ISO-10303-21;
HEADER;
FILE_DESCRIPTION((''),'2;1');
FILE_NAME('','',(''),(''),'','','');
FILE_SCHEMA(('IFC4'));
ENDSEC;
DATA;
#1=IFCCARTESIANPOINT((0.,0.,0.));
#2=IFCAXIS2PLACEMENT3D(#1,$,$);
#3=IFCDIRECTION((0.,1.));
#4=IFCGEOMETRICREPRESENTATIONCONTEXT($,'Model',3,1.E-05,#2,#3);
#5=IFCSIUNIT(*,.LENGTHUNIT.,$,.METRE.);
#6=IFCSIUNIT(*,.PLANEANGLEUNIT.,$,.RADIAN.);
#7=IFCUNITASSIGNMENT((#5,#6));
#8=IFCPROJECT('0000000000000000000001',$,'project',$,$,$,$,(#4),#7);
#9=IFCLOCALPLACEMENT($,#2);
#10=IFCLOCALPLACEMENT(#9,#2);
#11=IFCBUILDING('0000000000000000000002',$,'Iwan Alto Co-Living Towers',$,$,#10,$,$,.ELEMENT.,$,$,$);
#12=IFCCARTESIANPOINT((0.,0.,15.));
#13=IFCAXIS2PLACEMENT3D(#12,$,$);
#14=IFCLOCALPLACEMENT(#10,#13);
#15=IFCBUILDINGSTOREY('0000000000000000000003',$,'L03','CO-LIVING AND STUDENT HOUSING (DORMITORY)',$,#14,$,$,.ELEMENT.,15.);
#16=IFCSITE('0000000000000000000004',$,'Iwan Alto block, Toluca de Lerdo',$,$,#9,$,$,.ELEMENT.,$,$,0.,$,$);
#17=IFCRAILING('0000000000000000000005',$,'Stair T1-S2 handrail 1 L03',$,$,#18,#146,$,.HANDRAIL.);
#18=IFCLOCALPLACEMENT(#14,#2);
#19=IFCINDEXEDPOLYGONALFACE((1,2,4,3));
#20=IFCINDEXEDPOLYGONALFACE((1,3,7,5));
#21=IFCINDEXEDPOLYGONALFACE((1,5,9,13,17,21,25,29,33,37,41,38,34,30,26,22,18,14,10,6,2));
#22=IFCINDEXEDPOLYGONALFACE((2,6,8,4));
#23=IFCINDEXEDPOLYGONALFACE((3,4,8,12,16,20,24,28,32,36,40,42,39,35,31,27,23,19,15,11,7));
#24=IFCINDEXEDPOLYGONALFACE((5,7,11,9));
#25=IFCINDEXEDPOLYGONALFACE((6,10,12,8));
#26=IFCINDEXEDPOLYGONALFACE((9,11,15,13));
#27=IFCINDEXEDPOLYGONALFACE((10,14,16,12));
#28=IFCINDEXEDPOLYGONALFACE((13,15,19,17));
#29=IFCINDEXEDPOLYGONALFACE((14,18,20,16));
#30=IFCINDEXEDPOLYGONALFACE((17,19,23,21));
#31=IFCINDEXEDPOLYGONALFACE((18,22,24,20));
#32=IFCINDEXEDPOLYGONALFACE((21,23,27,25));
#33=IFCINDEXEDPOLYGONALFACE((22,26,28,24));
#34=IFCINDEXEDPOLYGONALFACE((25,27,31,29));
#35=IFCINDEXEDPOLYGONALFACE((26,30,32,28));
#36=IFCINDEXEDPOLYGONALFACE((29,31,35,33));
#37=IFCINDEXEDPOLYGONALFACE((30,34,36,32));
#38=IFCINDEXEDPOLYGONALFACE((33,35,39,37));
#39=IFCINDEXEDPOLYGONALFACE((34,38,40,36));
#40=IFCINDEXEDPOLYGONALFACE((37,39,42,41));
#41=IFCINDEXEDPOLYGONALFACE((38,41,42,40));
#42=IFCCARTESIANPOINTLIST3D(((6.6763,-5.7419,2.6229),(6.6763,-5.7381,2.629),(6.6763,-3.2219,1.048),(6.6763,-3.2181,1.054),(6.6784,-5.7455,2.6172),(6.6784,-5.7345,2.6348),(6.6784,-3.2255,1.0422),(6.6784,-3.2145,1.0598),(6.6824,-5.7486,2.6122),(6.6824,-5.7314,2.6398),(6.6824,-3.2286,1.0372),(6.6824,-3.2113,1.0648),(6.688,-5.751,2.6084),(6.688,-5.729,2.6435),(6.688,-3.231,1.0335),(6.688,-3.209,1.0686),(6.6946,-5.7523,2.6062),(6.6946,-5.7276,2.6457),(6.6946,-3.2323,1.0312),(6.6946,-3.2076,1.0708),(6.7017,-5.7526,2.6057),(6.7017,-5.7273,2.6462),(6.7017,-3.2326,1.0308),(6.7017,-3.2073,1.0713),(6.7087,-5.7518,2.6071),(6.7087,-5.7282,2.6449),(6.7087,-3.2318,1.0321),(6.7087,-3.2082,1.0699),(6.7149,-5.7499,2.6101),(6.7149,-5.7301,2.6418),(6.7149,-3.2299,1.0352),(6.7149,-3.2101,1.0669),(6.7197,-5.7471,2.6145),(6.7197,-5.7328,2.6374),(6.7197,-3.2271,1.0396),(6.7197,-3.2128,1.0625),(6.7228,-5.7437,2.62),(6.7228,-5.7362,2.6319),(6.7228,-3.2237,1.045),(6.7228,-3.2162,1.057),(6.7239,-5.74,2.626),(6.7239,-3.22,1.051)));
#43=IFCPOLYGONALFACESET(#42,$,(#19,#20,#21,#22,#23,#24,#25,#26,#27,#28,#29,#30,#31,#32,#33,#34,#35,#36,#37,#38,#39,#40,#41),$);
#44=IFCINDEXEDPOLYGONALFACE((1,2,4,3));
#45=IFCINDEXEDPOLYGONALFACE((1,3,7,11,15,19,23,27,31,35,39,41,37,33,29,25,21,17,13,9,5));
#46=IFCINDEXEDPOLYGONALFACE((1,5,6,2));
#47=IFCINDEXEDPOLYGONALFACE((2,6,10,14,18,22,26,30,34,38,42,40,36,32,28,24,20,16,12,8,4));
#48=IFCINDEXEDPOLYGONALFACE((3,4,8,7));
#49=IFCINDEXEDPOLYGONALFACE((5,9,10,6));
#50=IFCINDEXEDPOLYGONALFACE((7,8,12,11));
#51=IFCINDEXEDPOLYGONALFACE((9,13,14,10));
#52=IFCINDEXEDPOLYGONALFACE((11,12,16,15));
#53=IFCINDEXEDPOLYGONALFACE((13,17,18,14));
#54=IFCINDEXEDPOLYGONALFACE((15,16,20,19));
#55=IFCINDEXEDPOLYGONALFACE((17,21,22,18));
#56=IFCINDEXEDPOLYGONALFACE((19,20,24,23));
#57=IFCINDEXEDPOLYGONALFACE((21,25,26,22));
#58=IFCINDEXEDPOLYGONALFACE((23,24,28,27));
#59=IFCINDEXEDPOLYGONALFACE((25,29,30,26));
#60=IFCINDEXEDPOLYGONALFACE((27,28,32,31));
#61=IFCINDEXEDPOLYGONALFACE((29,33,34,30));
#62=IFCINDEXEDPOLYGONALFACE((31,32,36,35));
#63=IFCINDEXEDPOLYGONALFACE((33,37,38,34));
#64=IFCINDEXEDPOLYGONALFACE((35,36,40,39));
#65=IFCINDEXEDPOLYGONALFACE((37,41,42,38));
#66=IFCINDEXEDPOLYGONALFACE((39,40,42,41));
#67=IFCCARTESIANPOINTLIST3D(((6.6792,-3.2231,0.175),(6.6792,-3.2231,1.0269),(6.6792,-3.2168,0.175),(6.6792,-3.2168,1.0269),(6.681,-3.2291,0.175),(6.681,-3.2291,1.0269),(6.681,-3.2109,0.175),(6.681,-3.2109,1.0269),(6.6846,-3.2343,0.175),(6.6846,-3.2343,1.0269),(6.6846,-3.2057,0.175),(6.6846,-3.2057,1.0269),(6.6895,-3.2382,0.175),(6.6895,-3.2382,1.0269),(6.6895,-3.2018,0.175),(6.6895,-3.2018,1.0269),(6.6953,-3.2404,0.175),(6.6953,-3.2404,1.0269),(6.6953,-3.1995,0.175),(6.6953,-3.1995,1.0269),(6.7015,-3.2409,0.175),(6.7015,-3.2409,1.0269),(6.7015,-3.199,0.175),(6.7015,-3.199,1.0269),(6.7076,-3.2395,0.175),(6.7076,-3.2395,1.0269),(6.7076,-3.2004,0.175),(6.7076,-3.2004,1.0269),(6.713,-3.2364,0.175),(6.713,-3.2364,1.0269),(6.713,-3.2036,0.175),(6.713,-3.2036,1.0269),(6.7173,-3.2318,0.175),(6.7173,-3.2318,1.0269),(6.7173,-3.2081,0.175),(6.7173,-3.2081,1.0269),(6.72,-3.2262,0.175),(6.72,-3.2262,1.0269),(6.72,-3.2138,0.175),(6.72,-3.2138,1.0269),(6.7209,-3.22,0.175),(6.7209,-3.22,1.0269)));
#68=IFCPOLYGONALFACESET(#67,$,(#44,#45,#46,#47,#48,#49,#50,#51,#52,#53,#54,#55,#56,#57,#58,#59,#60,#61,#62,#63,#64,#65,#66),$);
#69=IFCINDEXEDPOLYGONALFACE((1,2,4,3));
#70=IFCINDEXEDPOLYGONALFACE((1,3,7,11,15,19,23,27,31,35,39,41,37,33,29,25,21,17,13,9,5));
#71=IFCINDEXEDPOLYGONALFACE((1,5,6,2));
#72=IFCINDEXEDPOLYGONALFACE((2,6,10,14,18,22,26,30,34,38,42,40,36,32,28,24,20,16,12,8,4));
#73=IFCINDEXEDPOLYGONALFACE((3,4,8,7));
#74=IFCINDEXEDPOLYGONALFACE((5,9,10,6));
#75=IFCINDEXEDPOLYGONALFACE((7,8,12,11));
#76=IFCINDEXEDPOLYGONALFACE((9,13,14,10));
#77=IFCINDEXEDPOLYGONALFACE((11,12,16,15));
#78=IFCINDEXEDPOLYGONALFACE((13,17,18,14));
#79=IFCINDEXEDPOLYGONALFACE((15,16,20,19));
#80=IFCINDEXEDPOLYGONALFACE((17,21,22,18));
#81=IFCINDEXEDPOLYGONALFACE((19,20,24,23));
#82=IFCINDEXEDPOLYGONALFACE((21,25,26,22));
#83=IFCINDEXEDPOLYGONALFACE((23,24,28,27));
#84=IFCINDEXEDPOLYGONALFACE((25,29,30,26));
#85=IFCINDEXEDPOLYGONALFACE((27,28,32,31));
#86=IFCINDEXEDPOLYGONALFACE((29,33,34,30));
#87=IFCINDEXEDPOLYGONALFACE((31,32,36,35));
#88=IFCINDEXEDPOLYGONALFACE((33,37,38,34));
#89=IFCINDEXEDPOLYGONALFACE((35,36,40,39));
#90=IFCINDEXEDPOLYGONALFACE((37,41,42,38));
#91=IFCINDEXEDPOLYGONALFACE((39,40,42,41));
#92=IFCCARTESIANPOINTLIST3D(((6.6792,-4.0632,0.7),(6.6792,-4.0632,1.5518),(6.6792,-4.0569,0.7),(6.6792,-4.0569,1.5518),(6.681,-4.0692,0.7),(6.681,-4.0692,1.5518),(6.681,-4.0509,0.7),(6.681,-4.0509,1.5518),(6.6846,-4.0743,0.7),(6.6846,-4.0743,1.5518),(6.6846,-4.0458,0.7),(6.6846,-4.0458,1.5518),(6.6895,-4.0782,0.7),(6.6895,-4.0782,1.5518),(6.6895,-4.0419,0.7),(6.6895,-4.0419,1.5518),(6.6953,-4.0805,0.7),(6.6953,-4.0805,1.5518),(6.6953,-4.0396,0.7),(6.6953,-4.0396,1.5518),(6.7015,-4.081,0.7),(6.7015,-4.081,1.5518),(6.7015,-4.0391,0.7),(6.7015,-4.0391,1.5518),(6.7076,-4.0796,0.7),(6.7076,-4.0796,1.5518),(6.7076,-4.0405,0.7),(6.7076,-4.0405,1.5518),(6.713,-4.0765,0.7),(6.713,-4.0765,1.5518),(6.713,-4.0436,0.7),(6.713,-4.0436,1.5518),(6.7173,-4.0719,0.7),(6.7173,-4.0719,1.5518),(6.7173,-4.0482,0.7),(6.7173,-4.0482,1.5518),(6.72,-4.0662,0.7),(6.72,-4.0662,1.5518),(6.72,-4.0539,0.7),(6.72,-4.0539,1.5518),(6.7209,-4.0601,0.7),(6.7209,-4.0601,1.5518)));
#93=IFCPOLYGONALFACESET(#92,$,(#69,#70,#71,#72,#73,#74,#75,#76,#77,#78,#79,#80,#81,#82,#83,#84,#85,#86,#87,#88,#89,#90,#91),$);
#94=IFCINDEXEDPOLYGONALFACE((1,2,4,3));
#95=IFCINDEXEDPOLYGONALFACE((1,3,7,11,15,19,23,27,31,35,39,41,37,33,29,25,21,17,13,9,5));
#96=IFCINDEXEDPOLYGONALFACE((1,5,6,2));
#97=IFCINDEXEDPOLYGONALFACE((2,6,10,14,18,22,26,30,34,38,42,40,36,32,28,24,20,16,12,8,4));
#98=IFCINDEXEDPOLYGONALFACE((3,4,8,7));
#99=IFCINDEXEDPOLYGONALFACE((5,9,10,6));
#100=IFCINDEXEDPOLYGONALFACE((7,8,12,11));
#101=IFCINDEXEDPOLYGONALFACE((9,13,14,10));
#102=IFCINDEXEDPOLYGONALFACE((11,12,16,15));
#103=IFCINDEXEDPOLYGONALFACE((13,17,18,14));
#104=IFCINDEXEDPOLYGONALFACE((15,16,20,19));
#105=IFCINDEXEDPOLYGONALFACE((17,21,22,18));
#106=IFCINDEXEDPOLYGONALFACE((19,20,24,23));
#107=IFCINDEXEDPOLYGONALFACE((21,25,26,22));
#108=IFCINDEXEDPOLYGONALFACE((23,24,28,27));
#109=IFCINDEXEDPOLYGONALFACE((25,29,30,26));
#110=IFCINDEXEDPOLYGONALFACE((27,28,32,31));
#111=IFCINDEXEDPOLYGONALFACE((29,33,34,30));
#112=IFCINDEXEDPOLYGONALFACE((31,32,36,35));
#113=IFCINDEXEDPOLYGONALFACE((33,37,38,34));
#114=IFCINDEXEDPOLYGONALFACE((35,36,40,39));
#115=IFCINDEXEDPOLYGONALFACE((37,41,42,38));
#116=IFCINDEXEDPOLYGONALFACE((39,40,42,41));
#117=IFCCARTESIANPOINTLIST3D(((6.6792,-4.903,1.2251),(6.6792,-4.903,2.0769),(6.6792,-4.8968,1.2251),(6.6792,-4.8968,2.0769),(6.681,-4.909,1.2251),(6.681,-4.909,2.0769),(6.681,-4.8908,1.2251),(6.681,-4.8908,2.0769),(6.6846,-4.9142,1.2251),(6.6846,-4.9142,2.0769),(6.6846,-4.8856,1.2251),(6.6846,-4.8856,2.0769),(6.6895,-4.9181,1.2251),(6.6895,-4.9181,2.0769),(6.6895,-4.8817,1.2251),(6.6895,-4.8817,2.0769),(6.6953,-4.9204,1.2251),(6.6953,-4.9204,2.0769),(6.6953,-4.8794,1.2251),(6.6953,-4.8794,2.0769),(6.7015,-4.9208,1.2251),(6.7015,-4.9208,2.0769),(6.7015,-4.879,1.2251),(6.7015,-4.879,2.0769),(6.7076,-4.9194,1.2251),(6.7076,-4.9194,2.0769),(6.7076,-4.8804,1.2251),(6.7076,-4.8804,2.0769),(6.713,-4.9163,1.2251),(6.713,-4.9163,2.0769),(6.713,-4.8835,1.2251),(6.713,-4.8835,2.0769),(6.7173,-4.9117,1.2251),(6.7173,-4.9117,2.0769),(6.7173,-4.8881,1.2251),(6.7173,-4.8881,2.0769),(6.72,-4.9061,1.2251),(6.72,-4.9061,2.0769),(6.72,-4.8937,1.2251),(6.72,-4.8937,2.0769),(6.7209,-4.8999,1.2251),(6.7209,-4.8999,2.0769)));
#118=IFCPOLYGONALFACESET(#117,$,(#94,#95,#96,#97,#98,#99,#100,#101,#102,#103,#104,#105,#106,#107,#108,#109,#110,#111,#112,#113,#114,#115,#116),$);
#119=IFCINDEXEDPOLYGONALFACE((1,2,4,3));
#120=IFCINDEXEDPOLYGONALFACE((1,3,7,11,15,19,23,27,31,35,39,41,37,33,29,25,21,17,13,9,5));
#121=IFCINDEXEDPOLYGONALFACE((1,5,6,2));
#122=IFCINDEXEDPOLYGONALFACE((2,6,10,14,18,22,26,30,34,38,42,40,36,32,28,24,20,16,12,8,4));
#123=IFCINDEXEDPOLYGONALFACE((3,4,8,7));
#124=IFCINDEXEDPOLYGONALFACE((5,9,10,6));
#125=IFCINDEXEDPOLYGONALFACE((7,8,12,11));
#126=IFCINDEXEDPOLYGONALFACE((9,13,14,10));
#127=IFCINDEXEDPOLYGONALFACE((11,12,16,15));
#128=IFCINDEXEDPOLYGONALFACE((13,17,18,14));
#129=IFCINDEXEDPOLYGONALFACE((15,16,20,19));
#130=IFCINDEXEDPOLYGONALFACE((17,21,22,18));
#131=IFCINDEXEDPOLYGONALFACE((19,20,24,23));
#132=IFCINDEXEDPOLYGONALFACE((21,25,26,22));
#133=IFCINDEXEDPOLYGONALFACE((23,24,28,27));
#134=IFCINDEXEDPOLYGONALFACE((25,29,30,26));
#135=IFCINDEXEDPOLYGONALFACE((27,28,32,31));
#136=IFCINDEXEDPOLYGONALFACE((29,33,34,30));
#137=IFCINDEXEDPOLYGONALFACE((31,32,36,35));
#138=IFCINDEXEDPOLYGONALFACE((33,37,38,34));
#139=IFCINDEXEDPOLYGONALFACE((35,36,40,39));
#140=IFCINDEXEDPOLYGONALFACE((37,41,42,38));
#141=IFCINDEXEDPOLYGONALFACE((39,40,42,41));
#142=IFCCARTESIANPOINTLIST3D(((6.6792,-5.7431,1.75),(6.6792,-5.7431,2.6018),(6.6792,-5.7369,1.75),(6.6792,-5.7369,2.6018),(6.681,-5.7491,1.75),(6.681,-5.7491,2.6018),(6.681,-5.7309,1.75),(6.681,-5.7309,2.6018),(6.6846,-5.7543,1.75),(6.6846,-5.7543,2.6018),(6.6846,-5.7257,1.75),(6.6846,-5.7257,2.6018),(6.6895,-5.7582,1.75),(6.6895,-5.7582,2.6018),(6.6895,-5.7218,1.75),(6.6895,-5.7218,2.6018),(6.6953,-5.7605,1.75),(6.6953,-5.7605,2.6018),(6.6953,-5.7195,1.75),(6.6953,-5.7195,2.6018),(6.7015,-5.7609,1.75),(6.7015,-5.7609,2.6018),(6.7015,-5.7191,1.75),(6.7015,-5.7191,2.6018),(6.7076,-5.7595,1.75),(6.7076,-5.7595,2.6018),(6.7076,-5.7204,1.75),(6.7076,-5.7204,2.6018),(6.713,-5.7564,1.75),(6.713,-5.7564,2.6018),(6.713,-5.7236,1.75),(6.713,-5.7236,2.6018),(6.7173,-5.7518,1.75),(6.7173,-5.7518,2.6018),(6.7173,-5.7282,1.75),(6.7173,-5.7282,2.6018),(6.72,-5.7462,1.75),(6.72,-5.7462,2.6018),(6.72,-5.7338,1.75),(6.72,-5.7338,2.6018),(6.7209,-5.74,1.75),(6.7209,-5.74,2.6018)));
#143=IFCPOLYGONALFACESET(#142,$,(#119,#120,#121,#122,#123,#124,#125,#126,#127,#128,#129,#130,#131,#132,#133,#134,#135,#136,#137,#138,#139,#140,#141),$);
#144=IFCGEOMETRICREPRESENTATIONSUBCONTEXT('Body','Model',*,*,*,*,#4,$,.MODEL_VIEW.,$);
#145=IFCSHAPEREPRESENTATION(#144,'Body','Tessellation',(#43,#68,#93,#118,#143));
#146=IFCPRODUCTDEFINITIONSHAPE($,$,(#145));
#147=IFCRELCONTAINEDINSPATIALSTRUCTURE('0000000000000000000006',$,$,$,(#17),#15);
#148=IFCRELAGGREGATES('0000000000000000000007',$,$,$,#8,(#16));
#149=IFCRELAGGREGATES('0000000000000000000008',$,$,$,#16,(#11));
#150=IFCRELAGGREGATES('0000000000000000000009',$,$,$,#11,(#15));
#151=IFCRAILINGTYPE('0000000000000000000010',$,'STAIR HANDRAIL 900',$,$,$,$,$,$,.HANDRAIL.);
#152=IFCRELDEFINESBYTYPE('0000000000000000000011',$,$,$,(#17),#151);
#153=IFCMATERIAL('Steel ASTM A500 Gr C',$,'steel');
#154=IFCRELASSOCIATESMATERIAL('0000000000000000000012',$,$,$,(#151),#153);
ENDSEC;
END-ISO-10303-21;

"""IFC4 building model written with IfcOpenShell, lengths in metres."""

from ifc_helpers import new_model, si_unit, direction, frame, origin, origin_2d, place, context, subcontext, project, spatial, circle, extrude, material, type_object, element, save


model = new_model("IFC4")

# Units and contexts
model_context = context("Model", 3, precision=1e-05, world=origin(), true_north=direction((0.0, 1.0)))
body_context = subcontext(model_context, "Body", "Model", "MODEL_VIEW")
ifc_project = project(units=[si_unit("LENGTHUNIT", "METRE"), si_unit("PLANEANGLEUNIT", "RADIAN")], contexts=[model_context])

# Site, building, storey
site_placement = place(None, origin())
site = spatial("IfcSite", under=ifc_project, at=site_placement, Name="Iwan Alto block, Toluca de Lerdo", CompositionType="ELEMENT", RefElevation=0.0)
building_placement = place(site_placement, origin())
building = spatial("IfcBuilding", under=site, at=building_placement, Name="Iwan Alto Co-Living Towers", CompositionType="ELEMENT")
storey_placement = place(building_placement, frame((0.0, 0.0, 15.0)))
storey = spatial("IfcBuildingStorey", under=building, at=storey_placement, Name="L03", Description="CO-LIVING AND STUDENT HOUSING (DORMITORY)", CompositionType="ELEMENT", Elevation=15.0)

# Railing
ifc_material_1 = material(Name="Steel ASTM A500 Gr C", Category="steel")
railing_type_1 = type_object("IfcRailingType", Name="STAIR HANDRAIL 900", PredefinedType="HANDRAIL", material=ifc_material_1)
railing_1_placement = place(storey_placement, frame((6.7, -3.22, 0.175)))
element("IfcRailing", 1, at=railing_1_placement, inside=storey, type_object=railing_type_1, Name="Stair T1-S2 handrail 1 L03", PredefinedType="HANDRAIL", context=body_context, shape_type="SweptSolid", body=[
    extrude(circle(Radius=0.0239, at=origin_2d()), frame((0.0, 0.0, 0.876), z_axis=(0.0, -0.848008, 0.529984), x_axis=(1.0, 0.0, 0.0)), (0.0, 0.0, 1.0), 2.9717),
    extrude(circle(Radius=0.021, at=origin_2d()), origin(), (0.0, 0.0, 1.0), 0.8518),
    extrude(circle(Radius=0.021, at=origin_2d()), frame((0.0, -0.8401, 0.5249)), (0.0, 0.0, 1.0), 0.8518),
    extrude(circle(Radius=0.021, at=origin_2d()), frame((0.0, -1.6799, 1.05)), (0.0, 0.0, 1.0), 0.8518),
    extrude(circle(Radius=0.021, at=origin_2d()), frame((0.0, -2.52, 1.575)), (0.0, 0.0, 1.0), 0.8518),
])

save(model, "model.ifc")
